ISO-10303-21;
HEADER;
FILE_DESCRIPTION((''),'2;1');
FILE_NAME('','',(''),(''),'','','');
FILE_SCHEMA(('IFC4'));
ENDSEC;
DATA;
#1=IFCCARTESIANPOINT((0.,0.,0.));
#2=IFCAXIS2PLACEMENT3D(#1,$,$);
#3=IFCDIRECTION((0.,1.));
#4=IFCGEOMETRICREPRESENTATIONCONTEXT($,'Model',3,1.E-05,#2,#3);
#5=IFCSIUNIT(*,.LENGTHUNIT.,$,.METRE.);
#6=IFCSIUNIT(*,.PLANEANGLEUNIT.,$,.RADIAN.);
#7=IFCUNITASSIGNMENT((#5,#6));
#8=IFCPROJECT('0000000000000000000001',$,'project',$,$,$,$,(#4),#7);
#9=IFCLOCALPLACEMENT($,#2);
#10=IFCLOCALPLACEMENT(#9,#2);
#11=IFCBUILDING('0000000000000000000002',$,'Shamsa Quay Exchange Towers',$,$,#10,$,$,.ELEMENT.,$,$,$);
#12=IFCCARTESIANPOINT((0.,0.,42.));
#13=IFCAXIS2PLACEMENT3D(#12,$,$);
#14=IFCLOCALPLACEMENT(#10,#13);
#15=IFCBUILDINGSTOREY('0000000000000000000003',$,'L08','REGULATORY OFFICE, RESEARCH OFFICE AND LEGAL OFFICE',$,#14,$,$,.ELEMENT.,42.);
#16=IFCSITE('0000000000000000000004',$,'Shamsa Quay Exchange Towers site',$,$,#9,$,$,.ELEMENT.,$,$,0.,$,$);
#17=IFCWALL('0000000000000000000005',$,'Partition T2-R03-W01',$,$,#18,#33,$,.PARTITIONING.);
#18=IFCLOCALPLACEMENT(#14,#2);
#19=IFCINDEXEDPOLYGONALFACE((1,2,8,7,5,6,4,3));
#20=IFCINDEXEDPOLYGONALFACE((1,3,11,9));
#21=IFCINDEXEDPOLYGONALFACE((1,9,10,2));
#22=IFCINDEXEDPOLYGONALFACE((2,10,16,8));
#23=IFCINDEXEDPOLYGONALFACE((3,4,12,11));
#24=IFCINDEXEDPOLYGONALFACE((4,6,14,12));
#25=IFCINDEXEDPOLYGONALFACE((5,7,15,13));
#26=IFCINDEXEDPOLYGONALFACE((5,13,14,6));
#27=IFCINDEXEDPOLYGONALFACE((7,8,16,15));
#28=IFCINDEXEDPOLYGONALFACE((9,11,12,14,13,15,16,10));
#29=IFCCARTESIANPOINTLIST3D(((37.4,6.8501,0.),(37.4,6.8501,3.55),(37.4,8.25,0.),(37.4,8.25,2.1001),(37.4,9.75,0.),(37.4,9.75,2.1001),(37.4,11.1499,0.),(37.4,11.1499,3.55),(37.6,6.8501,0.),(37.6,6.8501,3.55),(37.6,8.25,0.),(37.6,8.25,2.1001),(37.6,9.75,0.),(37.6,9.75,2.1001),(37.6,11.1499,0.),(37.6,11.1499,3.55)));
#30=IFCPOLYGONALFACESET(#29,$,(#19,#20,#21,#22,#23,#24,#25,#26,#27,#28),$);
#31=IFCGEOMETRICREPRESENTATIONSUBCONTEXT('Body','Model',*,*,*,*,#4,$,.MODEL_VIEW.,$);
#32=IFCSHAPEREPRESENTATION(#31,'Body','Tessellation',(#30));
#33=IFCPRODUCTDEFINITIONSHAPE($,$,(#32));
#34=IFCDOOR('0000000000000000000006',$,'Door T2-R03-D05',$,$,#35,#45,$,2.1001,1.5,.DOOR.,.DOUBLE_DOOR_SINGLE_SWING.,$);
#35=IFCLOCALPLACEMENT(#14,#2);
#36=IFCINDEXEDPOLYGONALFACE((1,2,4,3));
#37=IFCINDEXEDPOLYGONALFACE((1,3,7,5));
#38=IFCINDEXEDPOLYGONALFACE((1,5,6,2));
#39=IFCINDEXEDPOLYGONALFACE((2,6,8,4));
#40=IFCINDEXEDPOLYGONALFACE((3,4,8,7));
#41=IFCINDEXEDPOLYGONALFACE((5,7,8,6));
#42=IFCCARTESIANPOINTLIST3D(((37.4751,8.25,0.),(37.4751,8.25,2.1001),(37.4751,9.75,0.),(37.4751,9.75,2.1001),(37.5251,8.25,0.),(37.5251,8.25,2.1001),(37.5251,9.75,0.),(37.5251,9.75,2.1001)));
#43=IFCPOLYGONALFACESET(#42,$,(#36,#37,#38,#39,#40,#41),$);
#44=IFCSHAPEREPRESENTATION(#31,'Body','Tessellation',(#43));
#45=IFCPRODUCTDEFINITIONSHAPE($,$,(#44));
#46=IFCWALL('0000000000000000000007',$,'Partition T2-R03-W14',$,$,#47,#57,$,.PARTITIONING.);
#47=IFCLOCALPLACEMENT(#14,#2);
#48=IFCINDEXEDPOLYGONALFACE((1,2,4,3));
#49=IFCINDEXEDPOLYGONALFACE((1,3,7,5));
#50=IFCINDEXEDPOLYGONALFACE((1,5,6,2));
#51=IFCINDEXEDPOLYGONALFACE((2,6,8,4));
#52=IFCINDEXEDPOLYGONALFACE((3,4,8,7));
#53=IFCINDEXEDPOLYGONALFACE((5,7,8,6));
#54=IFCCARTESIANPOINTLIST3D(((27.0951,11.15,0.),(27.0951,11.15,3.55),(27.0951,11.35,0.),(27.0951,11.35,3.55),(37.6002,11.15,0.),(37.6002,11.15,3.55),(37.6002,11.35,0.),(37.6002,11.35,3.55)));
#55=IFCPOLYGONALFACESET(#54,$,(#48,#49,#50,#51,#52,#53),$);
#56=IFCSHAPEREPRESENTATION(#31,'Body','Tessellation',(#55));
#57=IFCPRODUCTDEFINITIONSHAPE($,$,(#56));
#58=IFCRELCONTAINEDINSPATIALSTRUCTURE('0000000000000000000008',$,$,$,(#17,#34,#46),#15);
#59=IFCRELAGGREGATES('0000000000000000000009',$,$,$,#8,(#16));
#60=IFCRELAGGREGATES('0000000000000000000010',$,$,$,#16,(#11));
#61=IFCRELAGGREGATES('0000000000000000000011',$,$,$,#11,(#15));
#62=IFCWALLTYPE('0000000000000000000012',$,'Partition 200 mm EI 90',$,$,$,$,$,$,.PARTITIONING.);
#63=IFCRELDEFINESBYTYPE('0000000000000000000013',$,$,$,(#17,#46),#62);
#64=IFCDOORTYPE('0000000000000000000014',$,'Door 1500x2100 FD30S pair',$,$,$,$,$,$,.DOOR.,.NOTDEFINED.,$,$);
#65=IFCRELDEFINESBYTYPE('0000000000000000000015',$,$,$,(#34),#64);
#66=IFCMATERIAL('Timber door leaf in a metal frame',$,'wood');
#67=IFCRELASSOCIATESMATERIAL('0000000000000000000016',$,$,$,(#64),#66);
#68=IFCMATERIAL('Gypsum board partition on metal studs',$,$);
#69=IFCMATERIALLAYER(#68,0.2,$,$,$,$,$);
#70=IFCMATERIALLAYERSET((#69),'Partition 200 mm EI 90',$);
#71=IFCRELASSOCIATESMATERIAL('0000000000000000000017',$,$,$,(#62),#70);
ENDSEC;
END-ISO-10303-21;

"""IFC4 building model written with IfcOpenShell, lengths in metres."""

from ifc_helpers import new_model, si_unit, direction, frame, frame_2d, origin, place, context, subcontext, project, spatial, rectangle, extrude, material, layer, layer_set, type_object, element, fill, save


model = new_model("IFC4")

# Units and contexts
model_context = context("Model", 3, precision=1e-05, world=origin(), true_north=direction((0.0, 1.0)))
body_context = subcontext(model_context, "Body", "Model", "MODEL_VIEW")
ifc_project = project(units=[si_unit("LENGTHUNIT", "METRE"), si_unit("PLANEANGLEUNIT", "RADIAN")], contexts=[model_context])

# Site, building, storey
site_placement = place(None, origin())
site = spatial("IfcSite", under=ifc_project, at=site_placement, Name="Shamsa Quay Exchange Towers site", CompositionType="ELEMENT", RefElevation=0.0)
building_placement = place(site_placement, origin())
building = spatial("IfcBuilding", under=site, at=building_placement, Name="Shamsa Quay Exchange Towers", CompositionType="ELEMENT")
storey_placement = place(building_placement, frame((0.0, 0.0, 42.0)))
storey = spatial("IfcBuildingStorey", under=building, at=storey_placement, Name="L08", Description="REGULATORY OFFICE, RESEARCH OFFICE AND LEGAL OFFICE", CompositionType="ELEMENT", Elevation=42.0)

# Shared definitions
ifc_material_1 = material(Name="Timber door leaf in a metal frame", Category="wood")
door_type_1 = type_object("IfcDoorType", Name="Door 1500x2100 FD30S pair", OperationType="NOTDEFINED", PredefinedType="DOOR", material=ifc_material_1)

# Shared definitions
ifc_material_2 = material(Name="Gypsum board partition on metal studs")

# Wall, opening, door
ifc_layer_1 = layer(ifc_material_2, 0.2)
ifc_layer_set_1 = layer_set([ifc_layer_1], Name="Partition 200 mm EI 90")
wall_type_1 = type_object("IfcWallType", Name="Partition 200 mm EI 90", PredefinedType="PARTITIONING", material=ifc_layer_set_1)
wall_1_placement = place(storey_placement, frame((37.5, 6.8501, 0.0), z_axis=(0.0, 0.0, 1.0), x_axis=(0.0, 1.0, 0.0)))
wall_1 = element("IfcWall", 1, at=wall_1_placement, inside=storey, type_object=wall_type_1, Name="Partition T2-R03-W01", PredefinedType="PARTITIONING", context=body_context, shape_type="SweptSolid", body=[
    extrude(rectangle(XDim=4.2998, YDim=0.2, at=frame_2d((2.1499, 0.0))), origin(), (0.0, 0.0, 1.0), 3.55),
])
opening_1_placement = place(wall_1_placement, frame((1.3999, 0.0, 0.0)))
opening_1 = element("IfcOpeningElement", 2, at=opening_1_placement, cuts=wall_1, PredefinedType="OPENING", context=body_context, shape_type="SweptSolid", body=[
    extrude(rectangle(XDim=1.5, YDim=2.1001, at=frame_2d((0.75, 1.05))), frame((0.0, 0.1099, 0.0), z_axis=(0.0, -1.0, 0.0), x_axis=(1.0, 0.0, 0.0)), (0.0, 0.0, 1.0), 0.22),
])
door_1_placement = place(opening_1_placement, origin())
door_1 = element("IfcDoor", 3, at=door_1_placement, inside=storey, type_object=door_type_1, Name="Door T2-R03-D05", OperationType="DOUBLE_DOOR_SINGLE_SWING", OverallHeight=2.1001, OverallWidth=1.5, PredefinedType="DOOR", context=body_context, shape_type="SweptSolid", body=[
    extrude(rectangle(XDim=1.5, YDim=2.1001, at=frame_2d((0.75, 1.05))), frame((0.0, 0.0249, 0.0), z_axis=(0.0, -1.0, 0.0), x_axis=(1.0, 0.0, 0.0)), (0.0, 0.0, 1.0), 0.05),
])
fill(opening_1, door_1)

# Wall
wall_2_placement = place(storey_placement, frame((37.6001, 11.25, 0.0), z_axis=(0.0, 0.0, 1.0), x_axis=(-1.0, 0.0, 0.0)))
element("IfcWall", 4, at=wall_2_placement, inside=storey, type_object=wall_type_1, Name="Partition T2-R03-W14", PredefinedType="PARTITIONING", context=body_context, shape_type="SweptSolid", body=[
    extrude(rectangle(XDim=10.5051, YDim=0.2, at=frame_2d((5.2524, 0.0))), origin(), (0.0, 0.0, 1.0), 3.55),
])

save(model, "model.ifc")
